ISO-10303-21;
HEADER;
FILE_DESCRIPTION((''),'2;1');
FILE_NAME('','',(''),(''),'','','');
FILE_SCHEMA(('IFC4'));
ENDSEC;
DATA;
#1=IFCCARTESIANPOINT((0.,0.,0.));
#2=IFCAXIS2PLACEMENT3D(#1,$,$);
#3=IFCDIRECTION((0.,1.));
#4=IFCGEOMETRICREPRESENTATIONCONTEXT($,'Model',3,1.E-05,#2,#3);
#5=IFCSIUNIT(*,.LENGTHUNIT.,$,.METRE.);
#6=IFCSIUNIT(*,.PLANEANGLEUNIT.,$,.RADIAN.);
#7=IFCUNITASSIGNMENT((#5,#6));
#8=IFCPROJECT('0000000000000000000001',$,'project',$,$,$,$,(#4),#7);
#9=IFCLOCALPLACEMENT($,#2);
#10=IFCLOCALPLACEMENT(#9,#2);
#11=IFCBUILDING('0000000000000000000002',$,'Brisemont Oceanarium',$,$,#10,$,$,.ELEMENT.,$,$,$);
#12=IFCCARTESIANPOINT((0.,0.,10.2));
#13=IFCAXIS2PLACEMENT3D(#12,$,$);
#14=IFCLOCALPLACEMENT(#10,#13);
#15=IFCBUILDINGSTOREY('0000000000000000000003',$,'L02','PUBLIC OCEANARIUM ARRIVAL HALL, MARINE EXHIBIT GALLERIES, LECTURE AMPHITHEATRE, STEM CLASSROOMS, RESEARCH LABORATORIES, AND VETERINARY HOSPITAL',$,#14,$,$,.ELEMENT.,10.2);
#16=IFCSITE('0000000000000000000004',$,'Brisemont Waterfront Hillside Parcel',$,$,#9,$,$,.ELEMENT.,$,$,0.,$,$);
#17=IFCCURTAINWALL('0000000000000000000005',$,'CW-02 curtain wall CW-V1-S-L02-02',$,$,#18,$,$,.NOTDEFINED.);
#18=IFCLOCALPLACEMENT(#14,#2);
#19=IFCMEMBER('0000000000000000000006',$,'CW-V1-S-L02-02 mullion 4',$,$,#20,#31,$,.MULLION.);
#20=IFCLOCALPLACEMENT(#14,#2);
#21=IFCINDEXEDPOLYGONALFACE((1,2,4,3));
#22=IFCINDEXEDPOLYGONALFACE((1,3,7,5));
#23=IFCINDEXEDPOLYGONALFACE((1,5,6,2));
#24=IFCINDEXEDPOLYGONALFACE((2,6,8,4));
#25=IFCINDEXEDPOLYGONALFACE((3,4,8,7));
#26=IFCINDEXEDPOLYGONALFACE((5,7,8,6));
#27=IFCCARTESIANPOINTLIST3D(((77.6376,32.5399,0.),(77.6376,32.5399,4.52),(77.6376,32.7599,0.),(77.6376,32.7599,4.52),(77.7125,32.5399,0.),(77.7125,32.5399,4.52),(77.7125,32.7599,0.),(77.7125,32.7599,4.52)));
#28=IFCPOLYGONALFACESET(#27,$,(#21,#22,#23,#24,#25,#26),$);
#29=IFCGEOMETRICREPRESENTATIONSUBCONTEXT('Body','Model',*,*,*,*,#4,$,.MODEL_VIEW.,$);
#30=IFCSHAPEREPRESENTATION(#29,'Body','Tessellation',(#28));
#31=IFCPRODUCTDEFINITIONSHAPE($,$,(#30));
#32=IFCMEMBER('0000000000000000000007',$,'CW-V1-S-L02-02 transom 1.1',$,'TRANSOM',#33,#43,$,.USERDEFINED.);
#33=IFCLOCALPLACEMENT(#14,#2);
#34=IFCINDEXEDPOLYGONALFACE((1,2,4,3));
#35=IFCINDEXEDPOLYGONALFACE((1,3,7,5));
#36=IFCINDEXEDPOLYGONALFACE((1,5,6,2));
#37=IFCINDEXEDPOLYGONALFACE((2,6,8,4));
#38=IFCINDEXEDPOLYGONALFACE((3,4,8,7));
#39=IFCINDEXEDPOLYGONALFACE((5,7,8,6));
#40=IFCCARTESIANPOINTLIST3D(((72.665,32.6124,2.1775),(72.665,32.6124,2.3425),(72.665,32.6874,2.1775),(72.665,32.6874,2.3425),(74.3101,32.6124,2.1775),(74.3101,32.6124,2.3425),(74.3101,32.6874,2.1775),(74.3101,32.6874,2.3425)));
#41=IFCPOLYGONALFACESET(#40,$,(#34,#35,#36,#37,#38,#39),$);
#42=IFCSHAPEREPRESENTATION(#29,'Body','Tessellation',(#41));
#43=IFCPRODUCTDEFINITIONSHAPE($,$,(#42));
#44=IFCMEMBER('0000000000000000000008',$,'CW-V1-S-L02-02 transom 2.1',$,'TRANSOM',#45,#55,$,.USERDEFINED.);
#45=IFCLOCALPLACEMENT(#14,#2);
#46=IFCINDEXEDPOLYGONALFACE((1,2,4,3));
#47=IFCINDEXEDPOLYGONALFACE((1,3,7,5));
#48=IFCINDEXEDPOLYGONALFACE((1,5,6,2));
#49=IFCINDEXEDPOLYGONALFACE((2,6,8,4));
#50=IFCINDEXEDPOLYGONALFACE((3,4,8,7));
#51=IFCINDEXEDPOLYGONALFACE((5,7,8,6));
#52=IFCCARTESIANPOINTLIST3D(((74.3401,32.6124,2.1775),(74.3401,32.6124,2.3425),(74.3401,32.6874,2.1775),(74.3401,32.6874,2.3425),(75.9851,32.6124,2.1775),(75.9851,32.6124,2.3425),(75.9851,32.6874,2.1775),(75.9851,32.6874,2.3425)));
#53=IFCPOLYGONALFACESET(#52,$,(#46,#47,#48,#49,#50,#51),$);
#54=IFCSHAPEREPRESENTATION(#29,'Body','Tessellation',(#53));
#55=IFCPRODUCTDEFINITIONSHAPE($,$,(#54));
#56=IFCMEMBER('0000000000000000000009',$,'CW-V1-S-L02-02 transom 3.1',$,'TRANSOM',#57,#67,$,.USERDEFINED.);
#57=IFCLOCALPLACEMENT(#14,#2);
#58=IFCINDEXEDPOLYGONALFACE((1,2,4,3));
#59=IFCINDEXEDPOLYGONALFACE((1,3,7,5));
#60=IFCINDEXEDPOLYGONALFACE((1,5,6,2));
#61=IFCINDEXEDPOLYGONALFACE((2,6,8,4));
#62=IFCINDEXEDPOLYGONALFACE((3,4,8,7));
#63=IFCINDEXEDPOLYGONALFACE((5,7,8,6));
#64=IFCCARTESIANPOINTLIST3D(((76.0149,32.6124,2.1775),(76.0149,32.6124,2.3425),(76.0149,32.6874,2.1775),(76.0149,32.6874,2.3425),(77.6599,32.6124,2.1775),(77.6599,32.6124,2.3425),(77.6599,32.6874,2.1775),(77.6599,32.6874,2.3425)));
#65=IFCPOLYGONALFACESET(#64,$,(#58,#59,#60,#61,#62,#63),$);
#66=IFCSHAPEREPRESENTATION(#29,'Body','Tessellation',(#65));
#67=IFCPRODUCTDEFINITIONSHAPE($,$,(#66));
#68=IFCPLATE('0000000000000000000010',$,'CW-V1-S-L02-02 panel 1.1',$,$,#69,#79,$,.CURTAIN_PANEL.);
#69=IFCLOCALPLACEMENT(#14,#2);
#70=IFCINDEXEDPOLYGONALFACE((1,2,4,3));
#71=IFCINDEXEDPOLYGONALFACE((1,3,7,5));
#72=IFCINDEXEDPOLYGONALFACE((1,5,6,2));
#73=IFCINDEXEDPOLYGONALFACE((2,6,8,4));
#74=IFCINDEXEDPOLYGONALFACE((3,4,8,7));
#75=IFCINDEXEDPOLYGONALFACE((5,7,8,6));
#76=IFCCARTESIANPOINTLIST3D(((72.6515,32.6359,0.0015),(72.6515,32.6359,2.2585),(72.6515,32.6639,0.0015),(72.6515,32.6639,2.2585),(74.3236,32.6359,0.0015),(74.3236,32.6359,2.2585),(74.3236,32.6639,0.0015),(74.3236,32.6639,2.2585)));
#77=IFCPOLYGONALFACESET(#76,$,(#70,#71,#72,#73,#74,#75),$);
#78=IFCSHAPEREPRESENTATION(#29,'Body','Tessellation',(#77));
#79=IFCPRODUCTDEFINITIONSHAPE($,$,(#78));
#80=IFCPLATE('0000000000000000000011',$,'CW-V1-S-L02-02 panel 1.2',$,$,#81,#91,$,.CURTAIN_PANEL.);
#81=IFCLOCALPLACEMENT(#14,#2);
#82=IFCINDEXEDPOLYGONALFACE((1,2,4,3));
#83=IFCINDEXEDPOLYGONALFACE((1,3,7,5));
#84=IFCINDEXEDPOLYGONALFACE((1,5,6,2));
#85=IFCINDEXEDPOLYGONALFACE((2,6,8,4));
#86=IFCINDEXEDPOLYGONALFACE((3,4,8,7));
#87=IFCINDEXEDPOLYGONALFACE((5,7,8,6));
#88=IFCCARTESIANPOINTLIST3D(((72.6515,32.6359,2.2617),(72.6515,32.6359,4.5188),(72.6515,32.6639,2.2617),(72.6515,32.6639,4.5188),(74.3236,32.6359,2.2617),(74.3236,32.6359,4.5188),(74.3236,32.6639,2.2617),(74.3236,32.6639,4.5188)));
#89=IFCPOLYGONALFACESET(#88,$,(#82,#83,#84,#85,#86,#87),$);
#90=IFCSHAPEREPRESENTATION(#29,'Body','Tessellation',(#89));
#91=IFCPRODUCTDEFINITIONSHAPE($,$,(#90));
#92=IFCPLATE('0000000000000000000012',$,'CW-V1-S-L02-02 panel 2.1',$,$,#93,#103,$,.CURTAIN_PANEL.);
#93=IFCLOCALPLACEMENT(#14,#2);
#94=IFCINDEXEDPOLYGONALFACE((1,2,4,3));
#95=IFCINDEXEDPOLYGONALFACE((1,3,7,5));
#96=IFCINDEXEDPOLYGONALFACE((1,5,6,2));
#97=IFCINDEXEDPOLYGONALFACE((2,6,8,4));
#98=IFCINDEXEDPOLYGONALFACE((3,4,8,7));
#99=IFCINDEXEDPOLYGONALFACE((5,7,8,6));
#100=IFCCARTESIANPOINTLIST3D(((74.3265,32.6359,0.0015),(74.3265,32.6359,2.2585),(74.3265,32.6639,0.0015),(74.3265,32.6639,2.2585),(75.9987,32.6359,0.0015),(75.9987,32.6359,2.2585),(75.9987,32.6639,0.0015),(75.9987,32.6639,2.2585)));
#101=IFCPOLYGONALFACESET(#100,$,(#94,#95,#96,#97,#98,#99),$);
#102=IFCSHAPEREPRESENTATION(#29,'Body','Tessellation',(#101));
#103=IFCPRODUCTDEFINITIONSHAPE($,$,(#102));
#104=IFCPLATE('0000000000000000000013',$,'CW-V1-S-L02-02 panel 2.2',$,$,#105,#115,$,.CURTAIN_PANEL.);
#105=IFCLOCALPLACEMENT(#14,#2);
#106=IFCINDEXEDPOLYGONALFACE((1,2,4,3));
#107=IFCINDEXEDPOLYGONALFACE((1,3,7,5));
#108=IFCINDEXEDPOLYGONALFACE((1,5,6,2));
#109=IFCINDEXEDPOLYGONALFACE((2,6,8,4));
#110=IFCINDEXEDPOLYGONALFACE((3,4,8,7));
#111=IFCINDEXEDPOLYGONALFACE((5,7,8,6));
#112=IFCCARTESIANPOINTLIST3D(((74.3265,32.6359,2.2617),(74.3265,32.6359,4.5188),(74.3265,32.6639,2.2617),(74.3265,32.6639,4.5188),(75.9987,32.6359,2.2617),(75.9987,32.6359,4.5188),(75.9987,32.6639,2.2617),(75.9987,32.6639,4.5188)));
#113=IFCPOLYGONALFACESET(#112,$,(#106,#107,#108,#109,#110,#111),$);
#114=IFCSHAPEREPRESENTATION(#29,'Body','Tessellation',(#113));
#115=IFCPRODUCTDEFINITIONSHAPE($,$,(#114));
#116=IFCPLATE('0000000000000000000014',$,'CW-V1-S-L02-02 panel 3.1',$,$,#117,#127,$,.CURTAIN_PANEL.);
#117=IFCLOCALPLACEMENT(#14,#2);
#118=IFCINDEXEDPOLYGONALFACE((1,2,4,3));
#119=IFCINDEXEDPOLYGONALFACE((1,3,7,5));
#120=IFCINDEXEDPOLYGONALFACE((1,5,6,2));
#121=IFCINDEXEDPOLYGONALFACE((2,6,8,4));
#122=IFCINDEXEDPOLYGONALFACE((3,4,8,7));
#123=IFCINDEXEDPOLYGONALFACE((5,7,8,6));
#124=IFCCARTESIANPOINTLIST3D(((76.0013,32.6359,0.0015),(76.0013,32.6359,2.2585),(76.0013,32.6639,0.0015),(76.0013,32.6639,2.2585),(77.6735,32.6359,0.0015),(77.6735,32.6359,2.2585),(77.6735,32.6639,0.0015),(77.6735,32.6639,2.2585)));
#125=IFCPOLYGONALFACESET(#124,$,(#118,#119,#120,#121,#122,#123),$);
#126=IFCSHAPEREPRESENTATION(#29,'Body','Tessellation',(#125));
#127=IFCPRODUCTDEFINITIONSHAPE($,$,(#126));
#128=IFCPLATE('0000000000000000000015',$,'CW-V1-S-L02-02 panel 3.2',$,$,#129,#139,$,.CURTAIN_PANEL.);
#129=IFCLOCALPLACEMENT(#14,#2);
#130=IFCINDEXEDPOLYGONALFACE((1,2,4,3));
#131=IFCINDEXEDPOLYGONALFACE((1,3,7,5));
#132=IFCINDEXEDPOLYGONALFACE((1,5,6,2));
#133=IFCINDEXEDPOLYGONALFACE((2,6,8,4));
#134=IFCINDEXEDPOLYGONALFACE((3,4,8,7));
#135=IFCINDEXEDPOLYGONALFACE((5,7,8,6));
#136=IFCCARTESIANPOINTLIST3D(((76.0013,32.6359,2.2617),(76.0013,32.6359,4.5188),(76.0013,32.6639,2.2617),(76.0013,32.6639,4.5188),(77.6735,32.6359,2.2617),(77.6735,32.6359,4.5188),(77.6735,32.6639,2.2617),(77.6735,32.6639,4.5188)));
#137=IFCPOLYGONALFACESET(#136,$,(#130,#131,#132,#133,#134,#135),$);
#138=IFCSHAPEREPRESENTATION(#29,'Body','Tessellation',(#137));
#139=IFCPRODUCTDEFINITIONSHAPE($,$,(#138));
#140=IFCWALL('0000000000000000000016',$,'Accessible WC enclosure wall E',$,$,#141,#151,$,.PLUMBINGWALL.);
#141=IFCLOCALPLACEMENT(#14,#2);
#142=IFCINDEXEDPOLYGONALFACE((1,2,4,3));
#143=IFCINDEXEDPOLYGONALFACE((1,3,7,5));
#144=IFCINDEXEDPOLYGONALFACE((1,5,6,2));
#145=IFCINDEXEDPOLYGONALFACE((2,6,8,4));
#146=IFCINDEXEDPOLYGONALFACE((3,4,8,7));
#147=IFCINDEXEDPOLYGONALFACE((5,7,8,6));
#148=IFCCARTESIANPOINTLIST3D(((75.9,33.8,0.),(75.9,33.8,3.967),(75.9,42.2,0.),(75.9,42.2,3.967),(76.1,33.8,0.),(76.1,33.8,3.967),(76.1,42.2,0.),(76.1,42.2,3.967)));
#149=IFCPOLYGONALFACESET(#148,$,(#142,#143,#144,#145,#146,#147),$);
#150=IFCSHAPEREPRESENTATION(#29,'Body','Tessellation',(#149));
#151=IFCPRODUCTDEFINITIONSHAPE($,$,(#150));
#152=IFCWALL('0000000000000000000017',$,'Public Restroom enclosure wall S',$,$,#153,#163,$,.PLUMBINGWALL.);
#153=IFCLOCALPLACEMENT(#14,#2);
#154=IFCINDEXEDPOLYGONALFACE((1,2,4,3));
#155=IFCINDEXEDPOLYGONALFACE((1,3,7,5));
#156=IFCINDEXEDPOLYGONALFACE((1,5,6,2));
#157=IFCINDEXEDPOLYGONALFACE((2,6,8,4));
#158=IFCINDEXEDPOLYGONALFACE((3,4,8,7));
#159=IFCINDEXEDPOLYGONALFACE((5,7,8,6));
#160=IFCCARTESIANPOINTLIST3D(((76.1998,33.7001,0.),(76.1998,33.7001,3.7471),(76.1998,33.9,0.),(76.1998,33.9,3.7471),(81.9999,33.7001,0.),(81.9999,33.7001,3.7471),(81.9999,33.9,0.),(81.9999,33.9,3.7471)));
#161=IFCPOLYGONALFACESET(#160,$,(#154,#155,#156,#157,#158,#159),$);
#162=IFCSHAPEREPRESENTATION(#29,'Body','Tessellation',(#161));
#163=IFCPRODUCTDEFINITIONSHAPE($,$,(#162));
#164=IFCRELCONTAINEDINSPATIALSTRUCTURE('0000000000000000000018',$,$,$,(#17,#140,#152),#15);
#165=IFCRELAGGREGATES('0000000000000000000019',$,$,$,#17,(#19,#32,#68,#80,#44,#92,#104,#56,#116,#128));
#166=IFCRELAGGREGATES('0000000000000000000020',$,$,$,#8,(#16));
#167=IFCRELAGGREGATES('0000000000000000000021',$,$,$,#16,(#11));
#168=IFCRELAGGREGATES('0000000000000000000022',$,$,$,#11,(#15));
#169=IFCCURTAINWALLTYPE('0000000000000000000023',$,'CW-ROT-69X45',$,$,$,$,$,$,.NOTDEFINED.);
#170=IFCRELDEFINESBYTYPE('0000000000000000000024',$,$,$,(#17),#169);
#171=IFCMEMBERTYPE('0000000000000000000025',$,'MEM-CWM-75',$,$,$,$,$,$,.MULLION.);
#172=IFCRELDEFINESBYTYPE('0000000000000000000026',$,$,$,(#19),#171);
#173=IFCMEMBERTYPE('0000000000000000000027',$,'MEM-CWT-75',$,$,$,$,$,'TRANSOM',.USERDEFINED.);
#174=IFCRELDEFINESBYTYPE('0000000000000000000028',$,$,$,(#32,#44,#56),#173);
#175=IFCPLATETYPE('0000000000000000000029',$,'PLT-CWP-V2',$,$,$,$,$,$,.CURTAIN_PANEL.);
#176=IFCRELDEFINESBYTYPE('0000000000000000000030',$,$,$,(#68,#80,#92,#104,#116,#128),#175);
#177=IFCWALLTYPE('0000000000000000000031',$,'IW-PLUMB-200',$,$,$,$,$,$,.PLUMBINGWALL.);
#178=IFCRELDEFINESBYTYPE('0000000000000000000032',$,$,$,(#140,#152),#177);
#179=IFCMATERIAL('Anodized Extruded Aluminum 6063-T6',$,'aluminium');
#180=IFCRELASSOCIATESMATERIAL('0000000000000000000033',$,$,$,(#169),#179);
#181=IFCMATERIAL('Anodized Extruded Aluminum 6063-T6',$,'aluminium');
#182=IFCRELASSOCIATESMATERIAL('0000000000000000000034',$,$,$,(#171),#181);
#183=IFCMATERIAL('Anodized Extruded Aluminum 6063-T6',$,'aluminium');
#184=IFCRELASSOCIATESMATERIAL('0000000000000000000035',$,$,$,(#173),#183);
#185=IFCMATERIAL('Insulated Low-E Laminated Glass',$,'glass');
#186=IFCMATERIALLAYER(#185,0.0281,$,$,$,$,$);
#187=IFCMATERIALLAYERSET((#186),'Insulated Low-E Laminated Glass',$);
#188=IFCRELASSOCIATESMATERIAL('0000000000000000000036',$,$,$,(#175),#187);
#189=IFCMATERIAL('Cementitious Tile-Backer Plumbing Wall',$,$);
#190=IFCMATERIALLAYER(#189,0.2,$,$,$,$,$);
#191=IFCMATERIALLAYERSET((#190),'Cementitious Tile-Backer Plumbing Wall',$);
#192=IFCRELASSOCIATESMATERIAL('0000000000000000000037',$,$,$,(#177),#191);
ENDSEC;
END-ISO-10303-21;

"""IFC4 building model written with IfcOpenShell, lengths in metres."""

from ifc_helpers import new_model, si_unit, direction, frame, frame_2d, origin, origin_2d, place, context, subcontext, project, spatial, rectangle, extrude, material, layer, layer_set, material_profile, profile_set, type_object, element, aggregate, save


model = new_model("IFC4")

# Units and contexts
model_context = context("Model", 3, precision=1e-05, world=origin(), true_north=direction((0.0, 1.0)))
body_context = subcontext(model_context, "Body", "Model", "MODEL_VIEW")
ifc_project = project(units=[si_unit("LENGTHUNIT", "METRE"), si_unit("PLANEANGLEUNIT", "RADIAN")], contexts=[model_context])

# Site, building, storey
site_placement = place(None, origin())
site = spatial("IfcSite", under=ifc_project, at=site_placement, Name="Brisemont Waterfront Hillside Parcel", CompositionType="ELEMENT", RefElevation=0.0)
building_placement = place(site_placement, origin())
building = spatial("IfcBuilding", under=site, at=building_placement, Name="Brisemont Oceanarium", CompositionType="ELEMENT")
storey_placement = place(building_placement, frame((0.0, 0.0, 10.2)))
storey = spatial("IfcBuildingStorey", under=building, at=storey_placement, Name="L02", Description="PUBLIC OCEANARIUM ARRIVAL HALL, MARINE EXHIBIT GALLERIES, LECTURE AMPHITHEATRE, STEM CLASSROOMS, RESEARCH LABORATORIES, AND VETERINARY HOSPITAL", CompositionType="ELEMENT", Elevation=10.2)

# Curtain wall, members, plates
ifc_material_1 = material(Name="Anodized Extruded Aluminum 6063-T6", Category="aluminium")
curtain_wall_type = type_object("IfcCurtainWallType", Name="CW-ROT-69X45", PredefinedType="NOTDEFINED", material=ifc_material_1)
curtain_wall_placement = place(storey_placement, origin())
curtain_wall = element("IfcCurtainWall", 1, at=curtain_wall_placement, inside=storey, type_object=curtain_wall_type, Name="CW-02 curtain wall CW-V1-S-L02-02", PredefinedType="NOTDEFINED")
ifc_material_2 = material(Name="Anodized Extruded Aluminum 6063-T6", Category="aluminium")
ifc_material_profile_1 = material_profile(ifc_material_2, rectangle(XDim=0.075, YDim=0.22, at=origin_2d()), Name="CWM-75X220")
ifc_profile_set_1 = profile_set([ifc_material_profile_1], Name="Anodized Extruded Aluminum 6063-T6")
member_type_1 = type_object("IfcMemberType", Name="MEM-CWM-75", PredefinedType="MULLION", material=ifc_profile_set_1)
member_1_placement = place(storey_placement, frame((77.675, 32.6499, 0.0), z_axis=(0.0, 0.0, 1.0), x_axis=(1.0, 0.0, 0.0)))
member_1 = element("IfcMember", 2, at=member_1_placement, type_object=member_type_1, Name="CW-V1-S-L02-02 mullion 4", PredefinedType="MULLION", context=body_context, shape_type="SweptSolid", body=[
    extrude(rectangle(XDim=0.075, YDim=0.22, at=origin_2d()), origin(), (0.0, 0.0, 1.0), 4.52),
])
ifc_material_3 = material(Name="Anodized Extruded Aluminum 6063-T6", Category="aluminium")
ifc_material_profile_2 = material_profile(ifc_material_3, rectangle(XDim=0.075, YDim=0.165, at=origin_2d()), Name="CWT-75X165")
ifc_profile_set_2 = profile_set([ifc_material_profile_2], Name="Anodized Extruded Aluminum 6063-T6")
member_type_2 = type_object("IfcMemberType", Name="MEM-CWT-75", ElementType="TRANSOM", PredefinedType="USERDEFINED", material=ifc_profile_set_2)
member_2_placement = place(storey_placement, frame((72.665, 32.6499, 2.26), z_axis=(1.0, 0.0, 0.0), x_axis=(0.0, 1.0, 0.0)))
member_2 = element("IfcMember", 3, at=member_2_placement, type_object=member_type_2, Name="CW-V1-S-L02-02 transom 1.1", ObjectType="TRANSOM", PredefinedType="USERDEFINED", context=body_context, shape_type="SweptSolid", body=[
    extrude(rectangle(XDim=0.075, YDim=0.165, at=origin_2d()), origin(), (0.0, 0.0, 1.0), 1.645),
])
member_3_placement = place(storey_placement, frame((74.3401, 32.6499, 2.26), z_axis=(1.0, 0.0, 0.0), x_axis=(0.0, 1.0, 0.0)))
member_3 = element("IfcMember", 4, at=member_3_placement, type_object=member_type_2, Name="CW-V1-S-L02-02 transom 2.1", ObjectType="TRANSOM", PredefinedType="USERDEFINED", context=body_context, shape_type="SweptSolid", body=[
    extrude(rectangle(XDim=0.075, YDim=0.165, at=origin_2d()), origin(), (0.0, 0.0, 1.0), 1.645),
])
member_4_placement = place(storey_placement, frame((76.0149, 32.6499, 2.26), z_axis=(1.0, 0.0, 0.0), x_axis=(0.0, 1.0, 0.0)))
member_4 = element("IfcMember", 5, at=member_4_placement, type_object=member_type_2, Name="CW-V1-S-L02-02 transom 3.1", ObjectType="TRANSOM", PredefinedType="USERDEFINED", context=body_context, shape_type="SweptSolid", body=[
    extrude(rectangle(XDim=0.075, YDim=0.165, at=origin_2d()), origin(), (0.0, 0.0, 1.0), 1.645),
])
ifc_material_4 = material(Name="Insulated Low-E Laminated Glass", Category="glass")
ifc_layer_1 = layer(ifc_material_4, 0.0281)
ifc_layer_set_1 = layer_set([ifc_layer_1], Name="Insulated Low-E Laminated Glass")
plate_type = type_object("IfcPlateType", Name="PLT-CWP-V2", PredefinedType="CURTAIN_PANEL", material=ifc_layer_set_1)
plate_1_placement = place(storey_placement, frame((73.4875, 32.6499, 0.0015), z_axis=(0.0, 0.0, 1.0), x_axis=(1.0, 0.0, 0.0)))
plate_1 = element("IfcPlate", 6, at=plate_1_placement, type_object=plate_type, Name="CW-V1-S-L02-02 panel 1.1", PredefinedType="CURTAIN_PANEL", context=body_context, shape_type="SweptSolid", body=[
    extrude(rectangle(XDim=1.6721, YDim=0.0281, at=origin_2d()), origin(), (0.0, 0.0, 1.0), 2.2571),
])
plate_2_placement = place(storey_placement, frame((73.4875, 32.6499, 2.2617), z_axis=(0.0, 0.0, 1.0), x_axis=(1.0, 0.0, 0.0)))
plate_2 = element("IfcPlate", 7, at=plate_2_placement, type_object=plate_type, Name="CW-V1-S-L02-02 panel 1.2", PredefinedType="CURTAIN_PANEL", context=body_context, shape_type="SweptSolid", body=[
    extrude(rectangle(XDim=1.6721, YDim=0.0281, at=origin_2d()), origin(), (0.0, 0.0, 1.0), 2.2571),
])
plate_3_placement = place(storey_placement, frame((75.1626, 32.6499, 0.0015), z_axis=(0.0, 0.0, 1.0), x_axis=(1.0, 0.0, 0.0)))
plate_3 = element("IfcPlate", 8, at=plate_3_placement, type_object=plate_type, Name="CW-V1-S-L02-02 panel 2.1", PredefinedType="CURTAIN_PANEL", context=body_context, shape_type="SweptSolid", body=[
    extrude(rectangle(XDim=1.6721, YDim=0.0281, at=origin_2d()), origin(), (0.0, 0.0, 1.0), 2.2571),
])
plate_4_placement = place(storey_placement, frame((75.1626, 32.6499, 2.2617), z_axis=(0.0, 0.0, 1.0), x_axis=(1.0, 0.0, 0.0)))
plate_4 = element("IfcPlate", 9, at=plate_4_placement, type_object=plate_type, Name="CW-V1-S-L02-02 panel 2.2", PredefinedType="CURTAIN_PANEL", context=body_context, shape_type="SweptSolid", body=[
    extrude(rectangle(XDim=1.6721, YDim=0.0281, at=origin_2d()), origin(), (0.0, 0.0, 1.0), 2.2571),
])
plate_5_placement = place(storey_placement, frame((76.8374, 32.6499, 0.0015), z_axis=(0.0, 0.0, 1.0), x_axis=(1.0, 0.0, 0.0)))
plate_5 = element("IfcPlate", 10, at=plate_5_placement, type_object=plate_type, Name="CW-V1-S-L02-02 panel 3.1", PredefinedType="CURTAIN_PANEL", context=body_context, shape_type="SweptSolid", body=[
    extrude(rectangle(XDim=1.6721, YDim=0.0281, at=origin_2d()), origin(), (0.0, 0.0, 1.0), 2.2571),
])
plate_6_placement = place(storey_placement, frame((76.8374, 32.6499, 2.2617), z_axis=(0.0, 0.0, 1.0), x_axis=(1.0, 0.0, 0.0)))
plate_6 = element("IfcPlate", 11, at=plate_6_placement, type_object=plate_type, Name="CW-V1-S-L02-02 panel 3.2", PredefinedType="CURTAIN_PANEL", context=body_context, shape_type="SweptSolid", body=[
    extrude(rectangle(XDim=1.6721, YDim=0.0281, at=origin_2d()), origin(), (0.0, 0.0, 1.0), 2.2571),
])
aggregate(curtain_wall, [member_1, member_2, plate_1, plate_2, member_3, plate_3, plate_4, member_4, plate_5, plate_6])

# Walls
ifc_material_5 = material(Name="Cementitious Tile-Backer Plumbing Wall")
ifc_layer_2 = layer(ifc_material_5, 0.2)
ifc_layer_set_2 = layer_set([ifc_layer_2], Name="Cementitious Tile-Backer Plumbing Wall")
wall_type = type_object("IfcWallType", Name="IW-PLUMB-200", PredefinedType="PLUMBINGWALL", material=ifc_layer_set_2)
wall_1_placement = place(storey_placement, frame((76.0, 33.8, 0.0), z_axis=(0.0, 0.0, 1.0), x_axis=(0.0, 1.0, 0.0)))
element("IfcWall", 12, at=wall_1_placement, inside=storey, type_object=wall_type, Name="Accessible WC enclosure wall E", PredefinedType="PLUMBINGWALL", context=body_context, shape_type="SweptSolid", body=[
    extrude(rectangle(XDim=8.3999, YDim=0.2, at=frame_2d((4.2, 0.0))), origin(), (0.0, 0.0, 1.0), 3.967),
])
wall_2_placement = place(storey_placement, frame((76.2, 33.8, 0.0), z_axis=(0.0, 0.0, 1.0), x_axis=(1.0, 0.0, 0.0)))
element("IfcWall", 13, at=wall_2_placement, inside=storey, type_object=wall_type, Name="Public Restroom enclosure wall S", PredefinedType="PLUMBINGWALL", context=body_context, shape_type="SweptSolid", body=[
    extrude(rectangle(XDim=5.8, YDim=0.2, at=frame_2d((2.8999, 0.0))), origin(), (0.0, 0.0, 1.0), 3.7471),
])

save(model, "model.ifc")
